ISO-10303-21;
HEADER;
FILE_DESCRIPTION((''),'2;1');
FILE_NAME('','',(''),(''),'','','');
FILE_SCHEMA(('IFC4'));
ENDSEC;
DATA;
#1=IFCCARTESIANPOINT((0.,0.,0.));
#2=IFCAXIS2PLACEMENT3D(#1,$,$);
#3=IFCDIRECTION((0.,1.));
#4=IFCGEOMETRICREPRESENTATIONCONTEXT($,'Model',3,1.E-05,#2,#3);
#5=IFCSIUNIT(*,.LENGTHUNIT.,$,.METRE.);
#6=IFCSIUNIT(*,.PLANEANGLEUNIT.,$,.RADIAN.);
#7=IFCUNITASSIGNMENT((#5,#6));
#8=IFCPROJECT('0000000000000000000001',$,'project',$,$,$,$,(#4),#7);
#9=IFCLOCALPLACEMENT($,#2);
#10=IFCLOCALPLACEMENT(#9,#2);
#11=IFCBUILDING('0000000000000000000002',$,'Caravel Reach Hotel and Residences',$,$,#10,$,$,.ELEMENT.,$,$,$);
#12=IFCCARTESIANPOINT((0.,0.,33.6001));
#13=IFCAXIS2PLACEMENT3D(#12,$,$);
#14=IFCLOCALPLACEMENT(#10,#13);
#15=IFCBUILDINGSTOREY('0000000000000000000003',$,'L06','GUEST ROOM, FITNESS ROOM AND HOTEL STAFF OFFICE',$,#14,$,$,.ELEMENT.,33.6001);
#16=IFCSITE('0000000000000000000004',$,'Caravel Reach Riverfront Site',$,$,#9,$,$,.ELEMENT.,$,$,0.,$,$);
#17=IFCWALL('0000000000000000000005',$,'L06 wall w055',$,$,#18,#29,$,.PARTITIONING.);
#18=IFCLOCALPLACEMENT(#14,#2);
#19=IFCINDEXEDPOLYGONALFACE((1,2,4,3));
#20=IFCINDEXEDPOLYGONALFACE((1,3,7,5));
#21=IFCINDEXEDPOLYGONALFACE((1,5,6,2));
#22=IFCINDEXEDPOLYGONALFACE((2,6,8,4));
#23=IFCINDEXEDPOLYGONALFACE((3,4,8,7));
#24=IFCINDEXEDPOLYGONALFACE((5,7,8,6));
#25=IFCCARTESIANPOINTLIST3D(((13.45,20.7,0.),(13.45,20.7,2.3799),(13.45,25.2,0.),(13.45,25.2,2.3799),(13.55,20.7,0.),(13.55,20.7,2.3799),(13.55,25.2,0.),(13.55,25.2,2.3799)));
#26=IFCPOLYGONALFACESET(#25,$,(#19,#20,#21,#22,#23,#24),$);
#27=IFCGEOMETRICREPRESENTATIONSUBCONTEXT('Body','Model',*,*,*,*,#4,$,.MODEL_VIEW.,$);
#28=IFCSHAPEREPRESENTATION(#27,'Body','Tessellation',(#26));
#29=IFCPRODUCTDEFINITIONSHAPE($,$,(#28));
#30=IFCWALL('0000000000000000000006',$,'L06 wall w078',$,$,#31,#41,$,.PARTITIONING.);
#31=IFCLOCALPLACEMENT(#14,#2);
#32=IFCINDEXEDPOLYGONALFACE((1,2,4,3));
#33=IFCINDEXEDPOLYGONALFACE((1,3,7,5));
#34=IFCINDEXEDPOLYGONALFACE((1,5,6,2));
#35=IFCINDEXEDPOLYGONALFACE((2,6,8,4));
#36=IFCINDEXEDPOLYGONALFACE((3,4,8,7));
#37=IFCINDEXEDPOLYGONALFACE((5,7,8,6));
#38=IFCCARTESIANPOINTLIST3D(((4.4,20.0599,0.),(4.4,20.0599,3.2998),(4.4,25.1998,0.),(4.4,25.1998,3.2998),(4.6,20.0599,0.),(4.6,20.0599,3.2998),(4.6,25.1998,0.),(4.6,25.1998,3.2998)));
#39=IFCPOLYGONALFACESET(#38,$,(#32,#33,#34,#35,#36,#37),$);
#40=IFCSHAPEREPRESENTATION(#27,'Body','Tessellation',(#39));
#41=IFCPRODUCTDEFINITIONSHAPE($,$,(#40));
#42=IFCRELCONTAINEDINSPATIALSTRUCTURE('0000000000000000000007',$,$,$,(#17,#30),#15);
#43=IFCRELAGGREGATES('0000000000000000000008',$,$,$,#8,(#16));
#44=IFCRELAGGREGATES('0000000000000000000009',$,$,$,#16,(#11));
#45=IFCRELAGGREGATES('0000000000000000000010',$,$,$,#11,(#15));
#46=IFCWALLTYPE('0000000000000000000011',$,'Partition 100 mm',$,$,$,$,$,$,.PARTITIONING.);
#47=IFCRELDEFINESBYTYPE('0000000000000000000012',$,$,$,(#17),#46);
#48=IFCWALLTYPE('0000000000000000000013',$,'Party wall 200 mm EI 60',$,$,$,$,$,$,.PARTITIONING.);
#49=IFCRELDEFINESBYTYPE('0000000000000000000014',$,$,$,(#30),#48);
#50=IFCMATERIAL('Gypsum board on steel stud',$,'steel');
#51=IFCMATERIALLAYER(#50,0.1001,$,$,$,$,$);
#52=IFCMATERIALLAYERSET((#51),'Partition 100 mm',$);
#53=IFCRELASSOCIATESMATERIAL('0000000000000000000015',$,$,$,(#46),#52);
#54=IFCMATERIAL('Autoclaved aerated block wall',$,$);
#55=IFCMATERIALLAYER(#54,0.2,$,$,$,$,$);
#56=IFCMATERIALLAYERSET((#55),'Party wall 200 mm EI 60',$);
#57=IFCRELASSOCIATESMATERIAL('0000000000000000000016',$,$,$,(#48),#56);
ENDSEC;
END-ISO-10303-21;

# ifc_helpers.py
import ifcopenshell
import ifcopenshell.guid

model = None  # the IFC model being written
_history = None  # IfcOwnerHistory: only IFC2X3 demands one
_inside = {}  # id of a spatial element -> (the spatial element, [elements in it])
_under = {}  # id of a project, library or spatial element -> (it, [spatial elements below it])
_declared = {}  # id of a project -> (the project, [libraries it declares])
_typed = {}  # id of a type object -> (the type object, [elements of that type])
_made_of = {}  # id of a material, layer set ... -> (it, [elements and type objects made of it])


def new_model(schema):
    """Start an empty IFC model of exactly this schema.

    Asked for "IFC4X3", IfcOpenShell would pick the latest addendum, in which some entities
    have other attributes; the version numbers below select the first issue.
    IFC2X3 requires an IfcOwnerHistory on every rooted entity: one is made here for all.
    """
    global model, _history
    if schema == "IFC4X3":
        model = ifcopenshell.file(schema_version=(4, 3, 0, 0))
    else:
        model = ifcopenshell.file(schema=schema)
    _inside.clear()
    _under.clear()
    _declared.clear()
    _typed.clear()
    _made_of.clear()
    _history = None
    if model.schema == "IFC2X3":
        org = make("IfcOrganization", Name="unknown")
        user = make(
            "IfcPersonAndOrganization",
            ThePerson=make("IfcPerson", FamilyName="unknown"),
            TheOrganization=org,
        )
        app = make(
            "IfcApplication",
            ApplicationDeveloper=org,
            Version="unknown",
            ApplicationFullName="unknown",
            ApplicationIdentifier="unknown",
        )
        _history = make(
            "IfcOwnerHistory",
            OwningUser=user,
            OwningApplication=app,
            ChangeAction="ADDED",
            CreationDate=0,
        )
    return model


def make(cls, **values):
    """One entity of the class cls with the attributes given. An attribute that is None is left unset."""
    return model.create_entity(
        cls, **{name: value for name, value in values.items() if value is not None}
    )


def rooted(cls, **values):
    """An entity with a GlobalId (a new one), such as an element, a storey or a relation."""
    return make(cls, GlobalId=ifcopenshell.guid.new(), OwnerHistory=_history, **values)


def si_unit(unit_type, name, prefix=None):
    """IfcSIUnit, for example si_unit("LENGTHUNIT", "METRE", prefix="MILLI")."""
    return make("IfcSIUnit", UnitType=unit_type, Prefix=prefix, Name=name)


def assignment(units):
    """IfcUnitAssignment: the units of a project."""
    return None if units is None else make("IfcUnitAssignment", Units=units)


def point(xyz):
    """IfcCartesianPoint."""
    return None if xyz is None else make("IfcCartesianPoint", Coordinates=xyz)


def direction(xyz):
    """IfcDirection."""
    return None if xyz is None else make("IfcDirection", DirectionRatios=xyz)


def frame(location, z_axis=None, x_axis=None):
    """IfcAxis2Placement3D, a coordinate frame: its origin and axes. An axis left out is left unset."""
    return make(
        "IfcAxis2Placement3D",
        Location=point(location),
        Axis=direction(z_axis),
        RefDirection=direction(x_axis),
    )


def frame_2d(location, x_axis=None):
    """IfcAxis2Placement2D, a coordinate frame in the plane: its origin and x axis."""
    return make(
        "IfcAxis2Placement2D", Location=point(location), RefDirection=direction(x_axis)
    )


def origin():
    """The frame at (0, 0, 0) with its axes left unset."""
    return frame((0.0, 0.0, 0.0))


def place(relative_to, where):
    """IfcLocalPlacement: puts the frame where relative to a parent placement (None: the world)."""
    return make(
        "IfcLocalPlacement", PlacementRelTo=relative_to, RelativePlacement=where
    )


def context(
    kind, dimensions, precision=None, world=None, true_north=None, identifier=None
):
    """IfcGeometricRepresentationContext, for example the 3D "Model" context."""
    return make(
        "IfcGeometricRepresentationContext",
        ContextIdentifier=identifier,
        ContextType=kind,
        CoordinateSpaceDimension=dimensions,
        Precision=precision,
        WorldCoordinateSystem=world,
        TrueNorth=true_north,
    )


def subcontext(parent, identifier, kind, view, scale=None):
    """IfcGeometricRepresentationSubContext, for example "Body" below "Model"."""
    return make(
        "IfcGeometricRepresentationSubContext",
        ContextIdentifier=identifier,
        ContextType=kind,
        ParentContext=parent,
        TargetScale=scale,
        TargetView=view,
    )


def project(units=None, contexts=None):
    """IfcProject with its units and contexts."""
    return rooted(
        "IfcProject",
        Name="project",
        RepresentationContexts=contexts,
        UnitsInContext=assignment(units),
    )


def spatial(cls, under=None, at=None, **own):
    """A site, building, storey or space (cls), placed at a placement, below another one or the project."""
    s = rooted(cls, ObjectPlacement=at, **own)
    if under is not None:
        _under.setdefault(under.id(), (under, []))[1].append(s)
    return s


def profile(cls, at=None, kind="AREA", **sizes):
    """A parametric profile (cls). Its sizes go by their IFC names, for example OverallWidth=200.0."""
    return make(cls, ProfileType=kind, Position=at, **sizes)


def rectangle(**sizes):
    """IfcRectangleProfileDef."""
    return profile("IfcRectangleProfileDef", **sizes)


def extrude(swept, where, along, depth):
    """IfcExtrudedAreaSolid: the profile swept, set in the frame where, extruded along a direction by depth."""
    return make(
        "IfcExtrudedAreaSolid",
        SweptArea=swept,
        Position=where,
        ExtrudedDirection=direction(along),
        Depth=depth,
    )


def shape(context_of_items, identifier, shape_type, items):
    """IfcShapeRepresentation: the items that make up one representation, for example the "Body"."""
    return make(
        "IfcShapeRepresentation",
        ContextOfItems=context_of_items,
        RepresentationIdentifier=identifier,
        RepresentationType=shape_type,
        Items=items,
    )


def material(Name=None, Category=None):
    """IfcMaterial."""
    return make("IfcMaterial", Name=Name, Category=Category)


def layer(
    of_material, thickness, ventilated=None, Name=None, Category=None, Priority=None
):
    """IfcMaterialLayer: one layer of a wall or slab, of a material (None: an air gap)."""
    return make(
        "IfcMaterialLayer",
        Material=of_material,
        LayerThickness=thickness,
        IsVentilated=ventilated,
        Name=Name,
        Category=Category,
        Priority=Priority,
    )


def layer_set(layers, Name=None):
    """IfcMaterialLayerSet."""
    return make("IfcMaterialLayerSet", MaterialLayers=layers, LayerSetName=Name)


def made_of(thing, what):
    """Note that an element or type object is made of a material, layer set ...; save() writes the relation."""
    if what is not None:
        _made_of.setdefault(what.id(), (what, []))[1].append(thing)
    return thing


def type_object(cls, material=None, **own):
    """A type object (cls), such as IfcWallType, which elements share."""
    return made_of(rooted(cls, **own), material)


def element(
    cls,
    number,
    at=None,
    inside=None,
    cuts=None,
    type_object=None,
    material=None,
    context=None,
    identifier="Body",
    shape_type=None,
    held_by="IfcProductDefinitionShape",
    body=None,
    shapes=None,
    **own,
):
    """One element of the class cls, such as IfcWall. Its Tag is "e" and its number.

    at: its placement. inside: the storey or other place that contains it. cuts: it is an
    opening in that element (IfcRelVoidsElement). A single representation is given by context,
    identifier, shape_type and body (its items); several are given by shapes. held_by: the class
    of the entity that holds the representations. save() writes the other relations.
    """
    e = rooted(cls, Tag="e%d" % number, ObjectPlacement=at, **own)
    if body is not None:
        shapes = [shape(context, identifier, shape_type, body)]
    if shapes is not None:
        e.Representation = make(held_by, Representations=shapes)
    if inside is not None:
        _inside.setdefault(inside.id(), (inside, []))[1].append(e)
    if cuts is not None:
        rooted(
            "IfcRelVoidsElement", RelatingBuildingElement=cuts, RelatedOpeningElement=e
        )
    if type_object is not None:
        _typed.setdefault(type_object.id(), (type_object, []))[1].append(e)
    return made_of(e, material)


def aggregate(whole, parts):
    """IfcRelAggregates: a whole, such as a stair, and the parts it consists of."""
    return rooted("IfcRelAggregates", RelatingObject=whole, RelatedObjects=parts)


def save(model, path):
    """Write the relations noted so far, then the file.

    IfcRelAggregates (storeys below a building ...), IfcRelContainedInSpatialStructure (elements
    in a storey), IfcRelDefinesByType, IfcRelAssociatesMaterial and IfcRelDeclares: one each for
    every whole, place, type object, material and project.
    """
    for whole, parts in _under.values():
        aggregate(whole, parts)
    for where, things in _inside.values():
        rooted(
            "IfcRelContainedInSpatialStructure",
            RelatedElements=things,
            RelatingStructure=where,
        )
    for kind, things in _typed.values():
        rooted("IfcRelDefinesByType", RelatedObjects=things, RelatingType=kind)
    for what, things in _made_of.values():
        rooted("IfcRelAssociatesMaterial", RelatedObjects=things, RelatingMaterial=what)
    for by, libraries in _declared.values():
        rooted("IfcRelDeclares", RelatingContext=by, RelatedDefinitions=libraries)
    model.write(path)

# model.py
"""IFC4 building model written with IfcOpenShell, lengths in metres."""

from ifc_helpers import new_model, si_unit, direction, frame, frame_2d, origin, place, context, subcontext, project, spatial, rectangle, extrude, material, layer, layer_set, type_object, element, save


model = new_model("IFC4")

# Units and contexts
model_context = context("Model", 3, precision=1e-05, world=origin(), true_north=direction((0.0, 1.0)))
body_context = subcontext(model_context, "Body", "Model", "MODEL_VIEW")
ifc_project = project(units=[si_unit("LENGTHUNIT", "METRE"), si_unit("PLANEANGLEUNIT", "RADIAN")], contexts=[model_context])

# Site, building, storey
site_placement = place(None, origin())
site = spatial("IfcSite", under=ifc_project, at=site_placement, Name="Caravel Reach Riverfront Site", CompositionType="ELEMENT", RefElevation=0.0)
building_placement = place(site_placement, origin())
building = spatial("IfcBuilding", under=site, at=building_placement, Name="Caravel Reach Hotel and Residences", CompositionType="ELEMENT")
storey_placement = place(building_placement, frame((0.0, 0.0, 33.6001)))
storey = spatial("IfcBuildingStorey", under=building, at=storey_placement, Name="L06", Description="GUEST ROOM, FITNESS ROOM AND HOTEL STAFF OFFICE", CompositionType="ELEMENT", Elevation=33.6001)

# Walls
ifc_material_1 = material(Name="Gypsum board on steel stud", Category="steel")
ifc_layer_1 = layer(ifc_material_1, 0.1001)
ifc_layer_set_1 = layer_set([ifc_layer_1], Name="Partition 100 mm")
wall_type_1 = type_object("IfcWallType", Name="Partition 100 mm", PredefinedType="PARTITIONING", material=ifc_layer_set_1)
wall_1_placement = place(storey_placement, frame((13.5, 20.7, 0.0), z_axis=(0.0, 0.0, 1.0), x_axis=(0.0, 1.0, 0.0)))
element("IfcWall", 1, at=wall_1_placement, inside=storey, type_object=wall_type_1, Name="L06 wall w055", PredefinedType="PARTITIONING", context=body_context, shape_type="SweptSolid", body=[
    extrude(rectangle(XDim=4.5, YDim=0.1001, at=frame_2d((2.25, 0.0))), origin(), (0.0, 0.0, 1.0), 2.3799),
])
ifc_material_2 = material(Name="Autoclaved aerated block wall")
ifc_layer_2 = layer(ifc_material_2, 0.2)
ifc_layer_set_2 = layer_set([ifc_layer_2], Name="Party wall 200 mm EI 60")
wall_type_2 = type_object("IfcWallType", Name="Party wall 200 mm EI 60", PredefinedType="PARTITIONING", material=ifc_layer_set_2)
wall_2_placement = place(storey_placement, frame((4.5, 20.0601, 0.0), z_axis=(0.0, 0.0, 1.0), x_axis=(0.0, 1.0, 0.0)))
element("IfcWall", 2, at=wall_2_placement, inside=storey, type_object=wall_type_2, Name="L06 wall w078", PredefinedType="PARTITIONING", context=body_context, shape_type="SweptSolid", body=[
    extrude(rectangle(XDim=5.1399, YDim=0.2, at=frame_2d((2.5698, 0.0))), origin(), (0.0, 0.0, 1.0), 3.2998),
])

save(model, "model.ifc")
